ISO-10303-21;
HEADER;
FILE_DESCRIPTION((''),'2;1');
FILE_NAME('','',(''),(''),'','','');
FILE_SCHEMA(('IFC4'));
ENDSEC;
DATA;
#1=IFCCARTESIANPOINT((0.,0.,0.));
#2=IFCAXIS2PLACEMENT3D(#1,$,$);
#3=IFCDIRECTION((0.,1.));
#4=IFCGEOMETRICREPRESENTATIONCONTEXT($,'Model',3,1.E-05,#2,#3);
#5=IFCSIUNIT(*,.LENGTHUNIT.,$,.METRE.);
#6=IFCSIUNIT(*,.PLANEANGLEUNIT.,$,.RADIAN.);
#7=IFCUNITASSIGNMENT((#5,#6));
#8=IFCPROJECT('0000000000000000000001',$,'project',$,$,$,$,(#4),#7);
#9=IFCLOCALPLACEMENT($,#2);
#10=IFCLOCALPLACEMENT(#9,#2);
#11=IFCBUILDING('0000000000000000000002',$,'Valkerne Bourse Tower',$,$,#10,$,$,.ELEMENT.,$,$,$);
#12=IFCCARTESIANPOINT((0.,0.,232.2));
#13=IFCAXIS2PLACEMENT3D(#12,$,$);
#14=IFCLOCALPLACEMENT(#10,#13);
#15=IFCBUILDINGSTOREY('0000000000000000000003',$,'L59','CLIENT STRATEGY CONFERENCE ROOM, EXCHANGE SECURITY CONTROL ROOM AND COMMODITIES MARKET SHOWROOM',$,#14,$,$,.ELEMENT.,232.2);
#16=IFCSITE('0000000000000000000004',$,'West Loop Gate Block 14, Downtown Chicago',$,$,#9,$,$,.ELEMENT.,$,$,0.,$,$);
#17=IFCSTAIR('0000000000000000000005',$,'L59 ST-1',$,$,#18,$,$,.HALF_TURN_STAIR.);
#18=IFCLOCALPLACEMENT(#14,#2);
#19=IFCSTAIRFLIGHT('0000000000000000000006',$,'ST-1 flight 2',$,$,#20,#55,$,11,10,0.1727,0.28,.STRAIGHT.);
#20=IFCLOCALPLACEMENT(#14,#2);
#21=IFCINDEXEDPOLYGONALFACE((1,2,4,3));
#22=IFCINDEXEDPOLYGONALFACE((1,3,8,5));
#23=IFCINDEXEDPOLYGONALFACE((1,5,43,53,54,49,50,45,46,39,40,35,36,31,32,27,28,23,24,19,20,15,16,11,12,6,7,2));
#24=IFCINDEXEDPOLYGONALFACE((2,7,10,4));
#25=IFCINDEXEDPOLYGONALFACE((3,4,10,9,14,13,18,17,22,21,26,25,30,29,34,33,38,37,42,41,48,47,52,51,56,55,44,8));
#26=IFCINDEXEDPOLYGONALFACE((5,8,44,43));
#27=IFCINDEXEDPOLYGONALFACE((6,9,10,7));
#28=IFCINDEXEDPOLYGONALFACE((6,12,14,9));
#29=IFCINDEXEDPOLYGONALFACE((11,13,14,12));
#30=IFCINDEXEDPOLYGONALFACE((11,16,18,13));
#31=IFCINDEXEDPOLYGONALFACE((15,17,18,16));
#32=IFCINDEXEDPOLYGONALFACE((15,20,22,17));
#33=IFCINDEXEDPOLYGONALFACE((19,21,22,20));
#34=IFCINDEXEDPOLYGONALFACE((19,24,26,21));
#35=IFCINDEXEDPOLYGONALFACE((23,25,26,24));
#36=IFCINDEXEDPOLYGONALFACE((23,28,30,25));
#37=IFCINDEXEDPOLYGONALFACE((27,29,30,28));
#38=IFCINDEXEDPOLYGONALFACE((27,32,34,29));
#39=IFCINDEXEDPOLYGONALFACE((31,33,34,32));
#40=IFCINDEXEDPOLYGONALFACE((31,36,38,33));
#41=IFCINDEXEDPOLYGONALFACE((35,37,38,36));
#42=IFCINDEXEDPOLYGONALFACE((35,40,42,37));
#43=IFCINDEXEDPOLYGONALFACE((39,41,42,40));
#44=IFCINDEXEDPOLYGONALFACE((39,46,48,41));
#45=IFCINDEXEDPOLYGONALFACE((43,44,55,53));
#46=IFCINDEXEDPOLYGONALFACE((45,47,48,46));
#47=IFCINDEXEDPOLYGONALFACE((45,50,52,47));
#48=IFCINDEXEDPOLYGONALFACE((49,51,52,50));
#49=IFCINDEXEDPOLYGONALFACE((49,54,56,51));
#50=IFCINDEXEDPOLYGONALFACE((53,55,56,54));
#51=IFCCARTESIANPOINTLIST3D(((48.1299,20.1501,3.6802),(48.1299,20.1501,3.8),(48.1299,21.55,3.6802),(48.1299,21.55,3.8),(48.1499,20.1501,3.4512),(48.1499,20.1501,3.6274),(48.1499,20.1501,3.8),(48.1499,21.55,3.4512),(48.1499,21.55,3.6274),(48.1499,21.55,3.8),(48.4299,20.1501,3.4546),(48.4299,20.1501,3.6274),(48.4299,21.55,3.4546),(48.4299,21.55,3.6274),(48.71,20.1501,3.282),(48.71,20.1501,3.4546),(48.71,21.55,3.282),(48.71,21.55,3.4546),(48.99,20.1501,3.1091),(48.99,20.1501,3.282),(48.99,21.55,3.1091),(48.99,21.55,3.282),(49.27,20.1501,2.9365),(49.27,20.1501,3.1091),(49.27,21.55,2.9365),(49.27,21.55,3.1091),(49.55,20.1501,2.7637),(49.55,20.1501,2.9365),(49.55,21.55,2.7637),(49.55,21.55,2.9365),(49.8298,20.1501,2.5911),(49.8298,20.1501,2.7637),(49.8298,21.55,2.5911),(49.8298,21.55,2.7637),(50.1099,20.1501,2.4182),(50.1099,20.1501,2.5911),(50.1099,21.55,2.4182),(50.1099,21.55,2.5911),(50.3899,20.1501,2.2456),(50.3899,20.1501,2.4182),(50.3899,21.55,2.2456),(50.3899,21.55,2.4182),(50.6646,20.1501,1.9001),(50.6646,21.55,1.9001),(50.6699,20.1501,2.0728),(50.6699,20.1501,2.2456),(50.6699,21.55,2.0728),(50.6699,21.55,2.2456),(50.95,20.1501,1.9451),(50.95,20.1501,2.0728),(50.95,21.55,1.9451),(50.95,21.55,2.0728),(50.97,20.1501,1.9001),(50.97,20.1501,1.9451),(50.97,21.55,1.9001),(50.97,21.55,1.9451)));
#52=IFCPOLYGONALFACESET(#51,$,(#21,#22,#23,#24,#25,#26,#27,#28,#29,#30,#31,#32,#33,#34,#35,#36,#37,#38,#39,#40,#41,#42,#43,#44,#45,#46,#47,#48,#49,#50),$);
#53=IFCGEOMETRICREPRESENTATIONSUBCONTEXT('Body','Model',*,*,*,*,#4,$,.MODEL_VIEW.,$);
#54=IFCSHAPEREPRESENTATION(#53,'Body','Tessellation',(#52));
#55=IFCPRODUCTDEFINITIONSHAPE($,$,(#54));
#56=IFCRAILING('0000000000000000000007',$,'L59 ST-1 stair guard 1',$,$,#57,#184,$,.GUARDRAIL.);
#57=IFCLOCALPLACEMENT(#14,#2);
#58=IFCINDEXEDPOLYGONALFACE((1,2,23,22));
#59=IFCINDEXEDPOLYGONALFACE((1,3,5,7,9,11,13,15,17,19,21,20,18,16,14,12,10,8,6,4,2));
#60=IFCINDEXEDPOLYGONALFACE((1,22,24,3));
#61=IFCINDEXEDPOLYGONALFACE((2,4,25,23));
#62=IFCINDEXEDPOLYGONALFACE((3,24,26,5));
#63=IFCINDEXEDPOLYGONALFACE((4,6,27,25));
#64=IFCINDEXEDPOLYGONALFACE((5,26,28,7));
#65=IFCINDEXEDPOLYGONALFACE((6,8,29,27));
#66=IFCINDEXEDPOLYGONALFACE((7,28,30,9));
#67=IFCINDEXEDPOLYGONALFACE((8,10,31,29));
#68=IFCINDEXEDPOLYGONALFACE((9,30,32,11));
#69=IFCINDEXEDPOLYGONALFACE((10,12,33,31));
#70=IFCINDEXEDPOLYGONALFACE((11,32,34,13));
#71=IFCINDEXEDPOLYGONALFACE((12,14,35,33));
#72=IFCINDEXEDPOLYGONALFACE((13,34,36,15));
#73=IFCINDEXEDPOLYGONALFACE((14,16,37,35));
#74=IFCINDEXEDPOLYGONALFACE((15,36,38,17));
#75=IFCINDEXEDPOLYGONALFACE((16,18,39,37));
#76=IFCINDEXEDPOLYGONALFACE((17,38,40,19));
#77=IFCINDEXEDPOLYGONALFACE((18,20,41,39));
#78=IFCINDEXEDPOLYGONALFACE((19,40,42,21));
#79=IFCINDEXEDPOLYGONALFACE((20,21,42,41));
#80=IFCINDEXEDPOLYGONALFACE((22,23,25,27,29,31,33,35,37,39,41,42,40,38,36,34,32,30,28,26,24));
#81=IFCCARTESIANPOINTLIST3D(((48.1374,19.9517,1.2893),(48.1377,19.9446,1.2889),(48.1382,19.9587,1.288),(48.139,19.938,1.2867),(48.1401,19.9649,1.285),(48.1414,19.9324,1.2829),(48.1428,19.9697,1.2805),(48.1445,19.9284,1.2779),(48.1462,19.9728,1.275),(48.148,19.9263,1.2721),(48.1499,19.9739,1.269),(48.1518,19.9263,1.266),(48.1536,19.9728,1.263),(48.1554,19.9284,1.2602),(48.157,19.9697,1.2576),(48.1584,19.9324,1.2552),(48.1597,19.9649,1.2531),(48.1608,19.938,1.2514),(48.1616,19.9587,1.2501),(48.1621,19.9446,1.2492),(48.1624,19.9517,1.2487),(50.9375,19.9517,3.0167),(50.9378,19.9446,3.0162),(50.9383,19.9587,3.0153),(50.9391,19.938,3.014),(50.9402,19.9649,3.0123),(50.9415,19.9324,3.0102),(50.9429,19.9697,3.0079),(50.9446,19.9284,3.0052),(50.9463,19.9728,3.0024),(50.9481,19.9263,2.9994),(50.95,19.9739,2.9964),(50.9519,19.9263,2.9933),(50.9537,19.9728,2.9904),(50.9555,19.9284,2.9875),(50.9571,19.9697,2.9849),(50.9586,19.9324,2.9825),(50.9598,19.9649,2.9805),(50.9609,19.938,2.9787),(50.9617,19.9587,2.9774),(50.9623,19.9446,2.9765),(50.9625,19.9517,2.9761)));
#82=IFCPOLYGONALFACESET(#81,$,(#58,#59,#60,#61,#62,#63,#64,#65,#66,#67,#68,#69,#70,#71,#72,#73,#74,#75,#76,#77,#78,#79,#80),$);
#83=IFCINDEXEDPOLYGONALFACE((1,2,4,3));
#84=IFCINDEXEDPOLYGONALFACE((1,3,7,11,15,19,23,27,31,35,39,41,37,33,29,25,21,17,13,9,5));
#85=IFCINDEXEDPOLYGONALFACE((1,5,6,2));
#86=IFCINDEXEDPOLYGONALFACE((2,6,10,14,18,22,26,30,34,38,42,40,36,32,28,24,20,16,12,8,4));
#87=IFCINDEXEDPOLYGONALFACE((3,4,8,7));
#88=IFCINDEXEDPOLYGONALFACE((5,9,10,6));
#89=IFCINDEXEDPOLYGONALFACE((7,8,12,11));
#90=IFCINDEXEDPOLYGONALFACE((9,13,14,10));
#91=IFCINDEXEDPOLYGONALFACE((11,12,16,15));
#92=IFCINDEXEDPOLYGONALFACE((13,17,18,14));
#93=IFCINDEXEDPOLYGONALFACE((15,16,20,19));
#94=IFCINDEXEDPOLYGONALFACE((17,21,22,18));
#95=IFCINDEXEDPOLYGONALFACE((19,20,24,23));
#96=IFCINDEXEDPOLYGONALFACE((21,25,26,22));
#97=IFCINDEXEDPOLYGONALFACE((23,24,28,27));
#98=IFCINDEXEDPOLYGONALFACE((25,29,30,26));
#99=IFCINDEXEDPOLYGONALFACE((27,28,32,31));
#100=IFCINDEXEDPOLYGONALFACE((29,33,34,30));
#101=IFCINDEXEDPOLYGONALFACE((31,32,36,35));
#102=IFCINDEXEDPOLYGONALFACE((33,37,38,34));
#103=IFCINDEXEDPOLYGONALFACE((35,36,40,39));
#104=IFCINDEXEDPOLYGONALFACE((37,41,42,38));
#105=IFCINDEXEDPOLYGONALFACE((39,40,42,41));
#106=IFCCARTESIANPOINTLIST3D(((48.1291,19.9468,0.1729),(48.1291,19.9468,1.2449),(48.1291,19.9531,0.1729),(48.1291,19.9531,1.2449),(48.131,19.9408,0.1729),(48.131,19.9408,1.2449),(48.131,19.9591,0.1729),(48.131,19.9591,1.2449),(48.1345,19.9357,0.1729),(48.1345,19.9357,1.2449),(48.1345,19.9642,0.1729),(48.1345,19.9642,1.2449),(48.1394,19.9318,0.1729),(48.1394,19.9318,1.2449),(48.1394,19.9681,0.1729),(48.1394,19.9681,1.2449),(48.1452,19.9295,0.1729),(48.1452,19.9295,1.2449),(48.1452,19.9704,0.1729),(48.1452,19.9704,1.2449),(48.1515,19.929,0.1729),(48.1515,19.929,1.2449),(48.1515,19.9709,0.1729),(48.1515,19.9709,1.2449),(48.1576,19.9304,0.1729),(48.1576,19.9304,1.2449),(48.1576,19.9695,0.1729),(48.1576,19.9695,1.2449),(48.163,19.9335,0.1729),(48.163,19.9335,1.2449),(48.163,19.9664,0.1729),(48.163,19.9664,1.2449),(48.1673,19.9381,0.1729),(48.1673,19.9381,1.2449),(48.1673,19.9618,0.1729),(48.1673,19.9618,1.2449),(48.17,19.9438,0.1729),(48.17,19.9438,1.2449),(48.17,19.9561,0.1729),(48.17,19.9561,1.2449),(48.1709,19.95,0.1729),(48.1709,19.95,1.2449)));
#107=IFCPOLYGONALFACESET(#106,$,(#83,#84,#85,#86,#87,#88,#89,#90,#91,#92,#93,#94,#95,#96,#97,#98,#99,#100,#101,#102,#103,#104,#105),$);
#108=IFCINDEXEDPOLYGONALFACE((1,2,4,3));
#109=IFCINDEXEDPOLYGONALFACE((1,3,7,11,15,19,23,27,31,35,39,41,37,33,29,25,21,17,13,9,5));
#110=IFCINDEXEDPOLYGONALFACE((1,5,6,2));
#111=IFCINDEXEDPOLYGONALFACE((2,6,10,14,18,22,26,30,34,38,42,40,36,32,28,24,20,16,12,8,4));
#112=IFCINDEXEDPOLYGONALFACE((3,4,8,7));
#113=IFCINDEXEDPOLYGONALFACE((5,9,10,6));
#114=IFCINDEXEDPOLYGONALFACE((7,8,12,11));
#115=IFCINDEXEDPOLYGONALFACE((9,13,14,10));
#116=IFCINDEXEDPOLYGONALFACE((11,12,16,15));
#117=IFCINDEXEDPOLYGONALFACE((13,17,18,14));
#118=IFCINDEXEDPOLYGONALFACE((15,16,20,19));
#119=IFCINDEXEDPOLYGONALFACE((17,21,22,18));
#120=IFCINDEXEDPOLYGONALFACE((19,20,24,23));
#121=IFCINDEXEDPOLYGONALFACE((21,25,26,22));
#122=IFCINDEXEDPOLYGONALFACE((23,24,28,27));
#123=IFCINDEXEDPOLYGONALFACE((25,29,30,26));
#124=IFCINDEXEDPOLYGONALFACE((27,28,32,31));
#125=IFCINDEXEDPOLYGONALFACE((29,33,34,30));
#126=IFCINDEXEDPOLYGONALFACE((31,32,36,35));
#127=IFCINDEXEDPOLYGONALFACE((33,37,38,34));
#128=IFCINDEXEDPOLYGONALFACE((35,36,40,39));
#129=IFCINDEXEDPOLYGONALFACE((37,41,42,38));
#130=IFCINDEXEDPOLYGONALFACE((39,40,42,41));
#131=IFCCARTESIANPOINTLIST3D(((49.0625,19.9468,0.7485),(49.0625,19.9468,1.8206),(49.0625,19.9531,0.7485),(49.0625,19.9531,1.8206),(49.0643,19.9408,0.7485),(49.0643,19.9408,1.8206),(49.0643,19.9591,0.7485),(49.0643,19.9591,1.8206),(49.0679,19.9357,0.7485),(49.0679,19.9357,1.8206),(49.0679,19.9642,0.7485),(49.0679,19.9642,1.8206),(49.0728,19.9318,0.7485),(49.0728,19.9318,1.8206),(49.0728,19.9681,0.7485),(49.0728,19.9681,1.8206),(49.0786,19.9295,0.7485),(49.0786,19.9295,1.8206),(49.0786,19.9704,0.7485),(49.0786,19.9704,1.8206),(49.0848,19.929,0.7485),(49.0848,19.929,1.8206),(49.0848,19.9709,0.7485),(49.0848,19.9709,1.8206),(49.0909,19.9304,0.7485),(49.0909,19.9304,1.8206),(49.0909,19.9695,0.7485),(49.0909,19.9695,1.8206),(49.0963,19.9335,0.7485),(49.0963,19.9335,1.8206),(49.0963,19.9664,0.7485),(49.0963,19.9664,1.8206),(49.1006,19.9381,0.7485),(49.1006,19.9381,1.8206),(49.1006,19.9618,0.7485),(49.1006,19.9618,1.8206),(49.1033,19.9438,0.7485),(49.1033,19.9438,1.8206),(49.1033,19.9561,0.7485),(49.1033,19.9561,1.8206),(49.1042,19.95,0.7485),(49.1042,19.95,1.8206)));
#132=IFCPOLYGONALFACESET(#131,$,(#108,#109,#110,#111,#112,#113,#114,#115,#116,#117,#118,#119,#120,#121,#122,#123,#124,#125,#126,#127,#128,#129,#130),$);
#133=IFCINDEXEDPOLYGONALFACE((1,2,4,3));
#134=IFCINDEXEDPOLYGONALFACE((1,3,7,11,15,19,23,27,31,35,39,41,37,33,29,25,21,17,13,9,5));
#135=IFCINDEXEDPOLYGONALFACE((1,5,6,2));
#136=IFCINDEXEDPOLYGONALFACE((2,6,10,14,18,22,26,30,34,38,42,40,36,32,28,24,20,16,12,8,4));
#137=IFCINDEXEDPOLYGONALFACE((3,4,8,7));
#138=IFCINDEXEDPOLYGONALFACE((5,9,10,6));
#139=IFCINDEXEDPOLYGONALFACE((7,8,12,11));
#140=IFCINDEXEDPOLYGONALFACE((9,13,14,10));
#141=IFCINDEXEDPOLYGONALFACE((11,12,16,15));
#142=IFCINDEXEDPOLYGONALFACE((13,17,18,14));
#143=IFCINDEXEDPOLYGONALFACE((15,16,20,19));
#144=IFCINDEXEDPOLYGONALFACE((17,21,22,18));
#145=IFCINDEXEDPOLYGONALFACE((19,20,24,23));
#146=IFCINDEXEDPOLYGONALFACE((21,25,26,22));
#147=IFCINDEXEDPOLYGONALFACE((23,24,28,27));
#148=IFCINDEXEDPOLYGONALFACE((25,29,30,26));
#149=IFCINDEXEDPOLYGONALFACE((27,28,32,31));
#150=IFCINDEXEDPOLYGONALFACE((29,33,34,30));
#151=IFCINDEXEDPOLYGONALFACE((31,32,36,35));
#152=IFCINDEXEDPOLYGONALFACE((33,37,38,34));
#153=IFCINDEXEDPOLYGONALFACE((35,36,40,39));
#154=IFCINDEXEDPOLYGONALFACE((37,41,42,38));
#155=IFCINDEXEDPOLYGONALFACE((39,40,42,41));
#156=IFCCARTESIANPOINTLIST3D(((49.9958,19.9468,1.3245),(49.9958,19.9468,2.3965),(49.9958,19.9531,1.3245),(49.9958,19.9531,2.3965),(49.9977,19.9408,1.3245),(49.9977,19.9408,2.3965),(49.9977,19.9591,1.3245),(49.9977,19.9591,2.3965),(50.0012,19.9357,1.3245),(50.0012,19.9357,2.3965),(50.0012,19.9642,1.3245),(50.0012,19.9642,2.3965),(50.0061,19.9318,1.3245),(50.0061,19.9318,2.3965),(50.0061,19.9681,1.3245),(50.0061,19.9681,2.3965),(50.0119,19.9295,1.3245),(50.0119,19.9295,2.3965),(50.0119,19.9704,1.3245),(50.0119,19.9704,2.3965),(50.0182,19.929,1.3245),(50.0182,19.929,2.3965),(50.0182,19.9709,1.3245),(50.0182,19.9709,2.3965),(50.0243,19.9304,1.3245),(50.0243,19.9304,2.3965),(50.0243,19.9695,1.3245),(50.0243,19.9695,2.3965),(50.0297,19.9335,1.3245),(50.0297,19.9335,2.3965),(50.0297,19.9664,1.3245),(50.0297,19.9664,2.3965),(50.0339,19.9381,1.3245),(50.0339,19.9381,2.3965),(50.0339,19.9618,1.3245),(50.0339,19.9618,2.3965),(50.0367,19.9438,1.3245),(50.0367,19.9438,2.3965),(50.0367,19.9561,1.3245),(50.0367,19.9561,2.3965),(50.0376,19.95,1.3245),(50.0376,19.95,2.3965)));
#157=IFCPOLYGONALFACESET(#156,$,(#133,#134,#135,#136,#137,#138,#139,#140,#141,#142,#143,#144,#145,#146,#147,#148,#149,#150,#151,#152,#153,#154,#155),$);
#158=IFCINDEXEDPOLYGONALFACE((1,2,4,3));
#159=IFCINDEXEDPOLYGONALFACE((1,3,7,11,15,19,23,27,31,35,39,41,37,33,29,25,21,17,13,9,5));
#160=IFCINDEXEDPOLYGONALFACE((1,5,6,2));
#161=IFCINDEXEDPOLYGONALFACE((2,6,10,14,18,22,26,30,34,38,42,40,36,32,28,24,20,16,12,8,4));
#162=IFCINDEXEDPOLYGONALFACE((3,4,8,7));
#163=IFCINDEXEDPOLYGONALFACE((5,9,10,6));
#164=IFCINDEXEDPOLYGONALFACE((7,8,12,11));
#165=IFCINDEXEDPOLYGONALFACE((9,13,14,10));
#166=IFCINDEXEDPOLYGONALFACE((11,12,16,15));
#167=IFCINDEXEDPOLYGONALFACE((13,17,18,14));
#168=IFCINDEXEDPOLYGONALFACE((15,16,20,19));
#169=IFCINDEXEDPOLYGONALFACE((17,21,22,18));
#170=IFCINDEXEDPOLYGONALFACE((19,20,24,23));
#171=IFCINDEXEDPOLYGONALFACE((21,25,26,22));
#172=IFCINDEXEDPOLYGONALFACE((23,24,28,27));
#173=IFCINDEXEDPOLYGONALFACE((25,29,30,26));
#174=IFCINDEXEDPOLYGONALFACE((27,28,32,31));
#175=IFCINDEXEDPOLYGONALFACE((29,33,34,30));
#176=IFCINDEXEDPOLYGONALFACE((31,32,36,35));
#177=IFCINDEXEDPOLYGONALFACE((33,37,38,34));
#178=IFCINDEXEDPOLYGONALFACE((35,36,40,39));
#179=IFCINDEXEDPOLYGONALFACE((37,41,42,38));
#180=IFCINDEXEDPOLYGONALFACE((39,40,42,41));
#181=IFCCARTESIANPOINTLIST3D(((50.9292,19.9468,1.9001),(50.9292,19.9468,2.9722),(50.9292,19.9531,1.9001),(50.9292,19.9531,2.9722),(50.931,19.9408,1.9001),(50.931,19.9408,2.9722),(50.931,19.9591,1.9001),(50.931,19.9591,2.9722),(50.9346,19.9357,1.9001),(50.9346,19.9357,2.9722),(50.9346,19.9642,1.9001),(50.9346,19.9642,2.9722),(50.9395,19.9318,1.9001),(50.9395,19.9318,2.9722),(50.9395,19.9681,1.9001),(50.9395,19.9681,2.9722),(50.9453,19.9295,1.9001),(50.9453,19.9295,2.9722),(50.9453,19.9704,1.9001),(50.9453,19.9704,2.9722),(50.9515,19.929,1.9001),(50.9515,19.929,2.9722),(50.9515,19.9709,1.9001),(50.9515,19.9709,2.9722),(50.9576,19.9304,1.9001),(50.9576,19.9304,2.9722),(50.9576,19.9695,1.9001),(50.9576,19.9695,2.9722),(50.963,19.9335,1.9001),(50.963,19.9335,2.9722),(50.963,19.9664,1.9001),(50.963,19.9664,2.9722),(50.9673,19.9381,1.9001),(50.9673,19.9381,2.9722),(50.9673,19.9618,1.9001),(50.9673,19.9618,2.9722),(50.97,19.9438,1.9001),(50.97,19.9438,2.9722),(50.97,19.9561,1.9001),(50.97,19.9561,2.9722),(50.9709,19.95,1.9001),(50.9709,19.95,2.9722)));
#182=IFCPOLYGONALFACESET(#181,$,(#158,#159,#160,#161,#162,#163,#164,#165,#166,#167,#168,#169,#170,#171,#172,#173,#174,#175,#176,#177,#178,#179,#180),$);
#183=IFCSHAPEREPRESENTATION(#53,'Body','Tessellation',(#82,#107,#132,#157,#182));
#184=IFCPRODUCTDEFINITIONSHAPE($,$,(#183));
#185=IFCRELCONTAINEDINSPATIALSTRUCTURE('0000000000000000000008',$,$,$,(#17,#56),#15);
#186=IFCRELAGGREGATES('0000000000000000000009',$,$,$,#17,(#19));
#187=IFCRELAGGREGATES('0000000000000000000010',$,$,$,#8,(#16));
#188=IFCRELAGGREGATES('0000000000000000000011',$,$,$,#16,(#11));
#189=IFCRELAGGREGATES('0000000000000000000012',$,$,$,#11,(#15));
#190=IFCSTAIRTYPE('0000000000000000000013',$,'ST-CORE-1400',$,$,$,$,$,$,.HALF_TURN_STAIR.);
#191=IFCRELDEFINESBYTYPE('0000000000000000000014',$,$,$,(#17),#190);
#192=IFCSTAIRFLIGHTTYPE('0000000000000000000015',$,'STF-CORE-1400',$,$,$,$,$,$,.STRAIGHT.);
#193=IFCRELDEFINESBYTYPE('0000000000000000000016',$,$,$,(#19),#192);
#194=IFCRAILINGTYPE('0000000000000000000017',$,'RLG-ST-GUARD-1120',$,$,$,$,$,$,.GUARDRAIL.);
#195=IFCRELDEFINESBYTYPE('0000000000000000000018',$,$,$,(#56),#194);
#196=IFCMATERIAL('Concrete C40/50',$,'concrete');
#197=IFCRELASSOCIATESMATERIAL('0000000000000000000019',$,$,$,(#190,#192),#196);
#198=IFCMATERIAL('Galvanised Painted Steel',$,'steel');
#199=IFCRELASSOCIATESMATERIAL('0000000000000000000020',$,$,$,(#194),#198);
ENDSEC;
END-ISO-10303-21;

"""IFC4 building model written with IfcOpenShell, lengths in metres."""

from ifc_helpers import new_model, si_unit, direction, frame, origin, origin_2d, place, context, subcontext, project, spatial, polyline, circle, outline, extrude, material, type_object, element, aggregate, save


model = new_model("IFC4")

# Units and contexts
model_context = context("Model", 3, precision=1e-05, world=origin(), true_north=direction((0.0, 1.0)))
body_context = subcontext(model_context, "Body", "Model", "MODEL_VIEW")
ifc_project = project(units=[si_unit("LENGTHUNIT", "METRE"), si_unit("PLANEANGLEUNIT", "RADIAN")], contexts=[model_context])

# Site, building, storey
site_placement = place(None, origin())
site = spatial("IfcSite", under=ifc_project, at=site_placement, Name="West Loop Gate Block 14, Downtown Chicago", CompositionType="ELEMENT", RefElevation=0.0)
building_placement = place(site_placement, origin())
building = spatial("IfcBuilding", under=site, at=building_placement, Name="Valkerne Bourse Tower", CompositionType="ELEMENT")
storey_placement = place(building_placement, frame((0.0, 0.0, 232.2)))
storey = spatial("IfcBuildingStorey", under=building, at=storey_placement, Name="L59", Description="CLIENT STRATEGY CONFERENCE ROOM, EXCHANGE SECURITY CONTROL ROOM AND COMMODITIES MARKET SHOWROOM", CompositionType="ELEMENT", Elevation=232.2)

# Shared definitions
ifc_material_1 = material(Name="Galvanised Painted Steel", Category="steel")

# Shared definitions
ifc_material_2 = material(Name="Concrete C40/50", Category="concrete")

# Stair, stair flight
stair_type = type_object("IfcStairType", Name="ST-CORE-1400", PredefinedType="HALF_TURN_STAIR", material=ifc_material_2)
stair_placement = place(storey_placement, origin())
stair = element("IfcStair", 1, at=stair_placement, inside=storey, type_object=stair_type, Name="L59 ST-1", PredefinedType="HALF_TURN_STAIR")
stair_flight_type = type_object("IfcStairFlightType", Name="STF-CORE-1400", PredefinedType="STRAIGHT", material=ifc_material_2)
stair_flight_1_placement = place(storey_placement, frame((50.95, 20.8501, 1.9001), z_axis=(0.0, 0.0, 1.0), x_axis=(-1.0, 0.0, 0.0)))
stair_flight_1 = element("IfcStairFlight", 2, at=stair_flight_1_placement, type_object=stair_flight_type, Name="ST-1 flight 2", NumberOfRisers=11, NumberOfTreads=10, PredefinedType="STRAIGHT", RiserHeight=0.1727, TreadLength=0.28, context=body_context, shape_type="SweptSolid", body=[
    extrude(outline(polyline([(-0.02, 0.0), (-0.02, 0.0449), (0.0, 0.0449), (0.0, 0.1726), (0.28, 0.1726), (0.28, 0.3455), (0.5601, 0.3455), (0.5601, 0.5181), (0.8401, 0.5181), (0.8401, 0.6909), (1.1201, 0.6909), (1.1201, 0.8635), (1.3999, 0.8635), (1.3999, 1.0364), (1.6799, 1.0364), (1.6799, 1.209), (1.96, 1.209), (1.96, 1.3818), (2.24, 1.3818), (2.24, 1.5544), (2.52, 1.5544), (2.52, 1.7273), (2.8, 1.7273), (2.8, 1.8999), (2.8201, 1.8999), (2.8201, 1.78), (2.8, 1.551), (0.2854, 0.0), (-0.02, 0.0)])), frame((0.0, 0.7, 0.0), z_axis=(0.0, -1.0, 0.0), x_axis=(1.0, 0.0, 0.0)), (0.0, 0.0, 1.0), 1.3999),
])
aggregate(stair, [stair_flight_1])

# Railing
railing_type_1 = type_object("IfcRailingType", Name="RLG-ST-GUARD-1120", PredefinedType="GUARDRAIL", material=ifc_material_1)
railing_1_placement = place(storey_placement, frame((48.1499, 19.95, 0.1729)))
element("IfcRailing", 3, at=railing_1_placement, inside=storey, type_object=railing_type_1, Name="L59 ST-1 stair guard 1", PredefinedType="GUARDRAIL", context=body_context, shape_type="SweptSolid", body=[
    extrude(circle(Radius=0.0239, at=origin_2d()), frame((0.0, 0.0, 1.0962), z_axis=(0.85109, 0.0, 0.52502), x_axis=(0.0, 1.0, 0.0)), (0.0, 0.0, 1.0), 3.29),
    extrude(circle(Radius=0.021, at=origin_2d()), origin(), (0.0, 0.0, 1.0), 1.072),
    extrude(circle(Radius=0.021, at=origin_2d()), frame((0.9333, 0.0, 0.5757)), (0.0, 0.0, 1.0), 1.072),
    extrude(circle(Radius=0.021, at=origin_2d()), frame((1.8667, 0.0, 1.1516)), (0.0, 0.0, 1.0), 1.072),
    extrude(circle(Radius=0.021, at=origin_2d()), frame((2.8, 0.0, 1.7273)), (0.0, 0.0, 1.0), 1.072),
])

save(model, "model.ifc")
